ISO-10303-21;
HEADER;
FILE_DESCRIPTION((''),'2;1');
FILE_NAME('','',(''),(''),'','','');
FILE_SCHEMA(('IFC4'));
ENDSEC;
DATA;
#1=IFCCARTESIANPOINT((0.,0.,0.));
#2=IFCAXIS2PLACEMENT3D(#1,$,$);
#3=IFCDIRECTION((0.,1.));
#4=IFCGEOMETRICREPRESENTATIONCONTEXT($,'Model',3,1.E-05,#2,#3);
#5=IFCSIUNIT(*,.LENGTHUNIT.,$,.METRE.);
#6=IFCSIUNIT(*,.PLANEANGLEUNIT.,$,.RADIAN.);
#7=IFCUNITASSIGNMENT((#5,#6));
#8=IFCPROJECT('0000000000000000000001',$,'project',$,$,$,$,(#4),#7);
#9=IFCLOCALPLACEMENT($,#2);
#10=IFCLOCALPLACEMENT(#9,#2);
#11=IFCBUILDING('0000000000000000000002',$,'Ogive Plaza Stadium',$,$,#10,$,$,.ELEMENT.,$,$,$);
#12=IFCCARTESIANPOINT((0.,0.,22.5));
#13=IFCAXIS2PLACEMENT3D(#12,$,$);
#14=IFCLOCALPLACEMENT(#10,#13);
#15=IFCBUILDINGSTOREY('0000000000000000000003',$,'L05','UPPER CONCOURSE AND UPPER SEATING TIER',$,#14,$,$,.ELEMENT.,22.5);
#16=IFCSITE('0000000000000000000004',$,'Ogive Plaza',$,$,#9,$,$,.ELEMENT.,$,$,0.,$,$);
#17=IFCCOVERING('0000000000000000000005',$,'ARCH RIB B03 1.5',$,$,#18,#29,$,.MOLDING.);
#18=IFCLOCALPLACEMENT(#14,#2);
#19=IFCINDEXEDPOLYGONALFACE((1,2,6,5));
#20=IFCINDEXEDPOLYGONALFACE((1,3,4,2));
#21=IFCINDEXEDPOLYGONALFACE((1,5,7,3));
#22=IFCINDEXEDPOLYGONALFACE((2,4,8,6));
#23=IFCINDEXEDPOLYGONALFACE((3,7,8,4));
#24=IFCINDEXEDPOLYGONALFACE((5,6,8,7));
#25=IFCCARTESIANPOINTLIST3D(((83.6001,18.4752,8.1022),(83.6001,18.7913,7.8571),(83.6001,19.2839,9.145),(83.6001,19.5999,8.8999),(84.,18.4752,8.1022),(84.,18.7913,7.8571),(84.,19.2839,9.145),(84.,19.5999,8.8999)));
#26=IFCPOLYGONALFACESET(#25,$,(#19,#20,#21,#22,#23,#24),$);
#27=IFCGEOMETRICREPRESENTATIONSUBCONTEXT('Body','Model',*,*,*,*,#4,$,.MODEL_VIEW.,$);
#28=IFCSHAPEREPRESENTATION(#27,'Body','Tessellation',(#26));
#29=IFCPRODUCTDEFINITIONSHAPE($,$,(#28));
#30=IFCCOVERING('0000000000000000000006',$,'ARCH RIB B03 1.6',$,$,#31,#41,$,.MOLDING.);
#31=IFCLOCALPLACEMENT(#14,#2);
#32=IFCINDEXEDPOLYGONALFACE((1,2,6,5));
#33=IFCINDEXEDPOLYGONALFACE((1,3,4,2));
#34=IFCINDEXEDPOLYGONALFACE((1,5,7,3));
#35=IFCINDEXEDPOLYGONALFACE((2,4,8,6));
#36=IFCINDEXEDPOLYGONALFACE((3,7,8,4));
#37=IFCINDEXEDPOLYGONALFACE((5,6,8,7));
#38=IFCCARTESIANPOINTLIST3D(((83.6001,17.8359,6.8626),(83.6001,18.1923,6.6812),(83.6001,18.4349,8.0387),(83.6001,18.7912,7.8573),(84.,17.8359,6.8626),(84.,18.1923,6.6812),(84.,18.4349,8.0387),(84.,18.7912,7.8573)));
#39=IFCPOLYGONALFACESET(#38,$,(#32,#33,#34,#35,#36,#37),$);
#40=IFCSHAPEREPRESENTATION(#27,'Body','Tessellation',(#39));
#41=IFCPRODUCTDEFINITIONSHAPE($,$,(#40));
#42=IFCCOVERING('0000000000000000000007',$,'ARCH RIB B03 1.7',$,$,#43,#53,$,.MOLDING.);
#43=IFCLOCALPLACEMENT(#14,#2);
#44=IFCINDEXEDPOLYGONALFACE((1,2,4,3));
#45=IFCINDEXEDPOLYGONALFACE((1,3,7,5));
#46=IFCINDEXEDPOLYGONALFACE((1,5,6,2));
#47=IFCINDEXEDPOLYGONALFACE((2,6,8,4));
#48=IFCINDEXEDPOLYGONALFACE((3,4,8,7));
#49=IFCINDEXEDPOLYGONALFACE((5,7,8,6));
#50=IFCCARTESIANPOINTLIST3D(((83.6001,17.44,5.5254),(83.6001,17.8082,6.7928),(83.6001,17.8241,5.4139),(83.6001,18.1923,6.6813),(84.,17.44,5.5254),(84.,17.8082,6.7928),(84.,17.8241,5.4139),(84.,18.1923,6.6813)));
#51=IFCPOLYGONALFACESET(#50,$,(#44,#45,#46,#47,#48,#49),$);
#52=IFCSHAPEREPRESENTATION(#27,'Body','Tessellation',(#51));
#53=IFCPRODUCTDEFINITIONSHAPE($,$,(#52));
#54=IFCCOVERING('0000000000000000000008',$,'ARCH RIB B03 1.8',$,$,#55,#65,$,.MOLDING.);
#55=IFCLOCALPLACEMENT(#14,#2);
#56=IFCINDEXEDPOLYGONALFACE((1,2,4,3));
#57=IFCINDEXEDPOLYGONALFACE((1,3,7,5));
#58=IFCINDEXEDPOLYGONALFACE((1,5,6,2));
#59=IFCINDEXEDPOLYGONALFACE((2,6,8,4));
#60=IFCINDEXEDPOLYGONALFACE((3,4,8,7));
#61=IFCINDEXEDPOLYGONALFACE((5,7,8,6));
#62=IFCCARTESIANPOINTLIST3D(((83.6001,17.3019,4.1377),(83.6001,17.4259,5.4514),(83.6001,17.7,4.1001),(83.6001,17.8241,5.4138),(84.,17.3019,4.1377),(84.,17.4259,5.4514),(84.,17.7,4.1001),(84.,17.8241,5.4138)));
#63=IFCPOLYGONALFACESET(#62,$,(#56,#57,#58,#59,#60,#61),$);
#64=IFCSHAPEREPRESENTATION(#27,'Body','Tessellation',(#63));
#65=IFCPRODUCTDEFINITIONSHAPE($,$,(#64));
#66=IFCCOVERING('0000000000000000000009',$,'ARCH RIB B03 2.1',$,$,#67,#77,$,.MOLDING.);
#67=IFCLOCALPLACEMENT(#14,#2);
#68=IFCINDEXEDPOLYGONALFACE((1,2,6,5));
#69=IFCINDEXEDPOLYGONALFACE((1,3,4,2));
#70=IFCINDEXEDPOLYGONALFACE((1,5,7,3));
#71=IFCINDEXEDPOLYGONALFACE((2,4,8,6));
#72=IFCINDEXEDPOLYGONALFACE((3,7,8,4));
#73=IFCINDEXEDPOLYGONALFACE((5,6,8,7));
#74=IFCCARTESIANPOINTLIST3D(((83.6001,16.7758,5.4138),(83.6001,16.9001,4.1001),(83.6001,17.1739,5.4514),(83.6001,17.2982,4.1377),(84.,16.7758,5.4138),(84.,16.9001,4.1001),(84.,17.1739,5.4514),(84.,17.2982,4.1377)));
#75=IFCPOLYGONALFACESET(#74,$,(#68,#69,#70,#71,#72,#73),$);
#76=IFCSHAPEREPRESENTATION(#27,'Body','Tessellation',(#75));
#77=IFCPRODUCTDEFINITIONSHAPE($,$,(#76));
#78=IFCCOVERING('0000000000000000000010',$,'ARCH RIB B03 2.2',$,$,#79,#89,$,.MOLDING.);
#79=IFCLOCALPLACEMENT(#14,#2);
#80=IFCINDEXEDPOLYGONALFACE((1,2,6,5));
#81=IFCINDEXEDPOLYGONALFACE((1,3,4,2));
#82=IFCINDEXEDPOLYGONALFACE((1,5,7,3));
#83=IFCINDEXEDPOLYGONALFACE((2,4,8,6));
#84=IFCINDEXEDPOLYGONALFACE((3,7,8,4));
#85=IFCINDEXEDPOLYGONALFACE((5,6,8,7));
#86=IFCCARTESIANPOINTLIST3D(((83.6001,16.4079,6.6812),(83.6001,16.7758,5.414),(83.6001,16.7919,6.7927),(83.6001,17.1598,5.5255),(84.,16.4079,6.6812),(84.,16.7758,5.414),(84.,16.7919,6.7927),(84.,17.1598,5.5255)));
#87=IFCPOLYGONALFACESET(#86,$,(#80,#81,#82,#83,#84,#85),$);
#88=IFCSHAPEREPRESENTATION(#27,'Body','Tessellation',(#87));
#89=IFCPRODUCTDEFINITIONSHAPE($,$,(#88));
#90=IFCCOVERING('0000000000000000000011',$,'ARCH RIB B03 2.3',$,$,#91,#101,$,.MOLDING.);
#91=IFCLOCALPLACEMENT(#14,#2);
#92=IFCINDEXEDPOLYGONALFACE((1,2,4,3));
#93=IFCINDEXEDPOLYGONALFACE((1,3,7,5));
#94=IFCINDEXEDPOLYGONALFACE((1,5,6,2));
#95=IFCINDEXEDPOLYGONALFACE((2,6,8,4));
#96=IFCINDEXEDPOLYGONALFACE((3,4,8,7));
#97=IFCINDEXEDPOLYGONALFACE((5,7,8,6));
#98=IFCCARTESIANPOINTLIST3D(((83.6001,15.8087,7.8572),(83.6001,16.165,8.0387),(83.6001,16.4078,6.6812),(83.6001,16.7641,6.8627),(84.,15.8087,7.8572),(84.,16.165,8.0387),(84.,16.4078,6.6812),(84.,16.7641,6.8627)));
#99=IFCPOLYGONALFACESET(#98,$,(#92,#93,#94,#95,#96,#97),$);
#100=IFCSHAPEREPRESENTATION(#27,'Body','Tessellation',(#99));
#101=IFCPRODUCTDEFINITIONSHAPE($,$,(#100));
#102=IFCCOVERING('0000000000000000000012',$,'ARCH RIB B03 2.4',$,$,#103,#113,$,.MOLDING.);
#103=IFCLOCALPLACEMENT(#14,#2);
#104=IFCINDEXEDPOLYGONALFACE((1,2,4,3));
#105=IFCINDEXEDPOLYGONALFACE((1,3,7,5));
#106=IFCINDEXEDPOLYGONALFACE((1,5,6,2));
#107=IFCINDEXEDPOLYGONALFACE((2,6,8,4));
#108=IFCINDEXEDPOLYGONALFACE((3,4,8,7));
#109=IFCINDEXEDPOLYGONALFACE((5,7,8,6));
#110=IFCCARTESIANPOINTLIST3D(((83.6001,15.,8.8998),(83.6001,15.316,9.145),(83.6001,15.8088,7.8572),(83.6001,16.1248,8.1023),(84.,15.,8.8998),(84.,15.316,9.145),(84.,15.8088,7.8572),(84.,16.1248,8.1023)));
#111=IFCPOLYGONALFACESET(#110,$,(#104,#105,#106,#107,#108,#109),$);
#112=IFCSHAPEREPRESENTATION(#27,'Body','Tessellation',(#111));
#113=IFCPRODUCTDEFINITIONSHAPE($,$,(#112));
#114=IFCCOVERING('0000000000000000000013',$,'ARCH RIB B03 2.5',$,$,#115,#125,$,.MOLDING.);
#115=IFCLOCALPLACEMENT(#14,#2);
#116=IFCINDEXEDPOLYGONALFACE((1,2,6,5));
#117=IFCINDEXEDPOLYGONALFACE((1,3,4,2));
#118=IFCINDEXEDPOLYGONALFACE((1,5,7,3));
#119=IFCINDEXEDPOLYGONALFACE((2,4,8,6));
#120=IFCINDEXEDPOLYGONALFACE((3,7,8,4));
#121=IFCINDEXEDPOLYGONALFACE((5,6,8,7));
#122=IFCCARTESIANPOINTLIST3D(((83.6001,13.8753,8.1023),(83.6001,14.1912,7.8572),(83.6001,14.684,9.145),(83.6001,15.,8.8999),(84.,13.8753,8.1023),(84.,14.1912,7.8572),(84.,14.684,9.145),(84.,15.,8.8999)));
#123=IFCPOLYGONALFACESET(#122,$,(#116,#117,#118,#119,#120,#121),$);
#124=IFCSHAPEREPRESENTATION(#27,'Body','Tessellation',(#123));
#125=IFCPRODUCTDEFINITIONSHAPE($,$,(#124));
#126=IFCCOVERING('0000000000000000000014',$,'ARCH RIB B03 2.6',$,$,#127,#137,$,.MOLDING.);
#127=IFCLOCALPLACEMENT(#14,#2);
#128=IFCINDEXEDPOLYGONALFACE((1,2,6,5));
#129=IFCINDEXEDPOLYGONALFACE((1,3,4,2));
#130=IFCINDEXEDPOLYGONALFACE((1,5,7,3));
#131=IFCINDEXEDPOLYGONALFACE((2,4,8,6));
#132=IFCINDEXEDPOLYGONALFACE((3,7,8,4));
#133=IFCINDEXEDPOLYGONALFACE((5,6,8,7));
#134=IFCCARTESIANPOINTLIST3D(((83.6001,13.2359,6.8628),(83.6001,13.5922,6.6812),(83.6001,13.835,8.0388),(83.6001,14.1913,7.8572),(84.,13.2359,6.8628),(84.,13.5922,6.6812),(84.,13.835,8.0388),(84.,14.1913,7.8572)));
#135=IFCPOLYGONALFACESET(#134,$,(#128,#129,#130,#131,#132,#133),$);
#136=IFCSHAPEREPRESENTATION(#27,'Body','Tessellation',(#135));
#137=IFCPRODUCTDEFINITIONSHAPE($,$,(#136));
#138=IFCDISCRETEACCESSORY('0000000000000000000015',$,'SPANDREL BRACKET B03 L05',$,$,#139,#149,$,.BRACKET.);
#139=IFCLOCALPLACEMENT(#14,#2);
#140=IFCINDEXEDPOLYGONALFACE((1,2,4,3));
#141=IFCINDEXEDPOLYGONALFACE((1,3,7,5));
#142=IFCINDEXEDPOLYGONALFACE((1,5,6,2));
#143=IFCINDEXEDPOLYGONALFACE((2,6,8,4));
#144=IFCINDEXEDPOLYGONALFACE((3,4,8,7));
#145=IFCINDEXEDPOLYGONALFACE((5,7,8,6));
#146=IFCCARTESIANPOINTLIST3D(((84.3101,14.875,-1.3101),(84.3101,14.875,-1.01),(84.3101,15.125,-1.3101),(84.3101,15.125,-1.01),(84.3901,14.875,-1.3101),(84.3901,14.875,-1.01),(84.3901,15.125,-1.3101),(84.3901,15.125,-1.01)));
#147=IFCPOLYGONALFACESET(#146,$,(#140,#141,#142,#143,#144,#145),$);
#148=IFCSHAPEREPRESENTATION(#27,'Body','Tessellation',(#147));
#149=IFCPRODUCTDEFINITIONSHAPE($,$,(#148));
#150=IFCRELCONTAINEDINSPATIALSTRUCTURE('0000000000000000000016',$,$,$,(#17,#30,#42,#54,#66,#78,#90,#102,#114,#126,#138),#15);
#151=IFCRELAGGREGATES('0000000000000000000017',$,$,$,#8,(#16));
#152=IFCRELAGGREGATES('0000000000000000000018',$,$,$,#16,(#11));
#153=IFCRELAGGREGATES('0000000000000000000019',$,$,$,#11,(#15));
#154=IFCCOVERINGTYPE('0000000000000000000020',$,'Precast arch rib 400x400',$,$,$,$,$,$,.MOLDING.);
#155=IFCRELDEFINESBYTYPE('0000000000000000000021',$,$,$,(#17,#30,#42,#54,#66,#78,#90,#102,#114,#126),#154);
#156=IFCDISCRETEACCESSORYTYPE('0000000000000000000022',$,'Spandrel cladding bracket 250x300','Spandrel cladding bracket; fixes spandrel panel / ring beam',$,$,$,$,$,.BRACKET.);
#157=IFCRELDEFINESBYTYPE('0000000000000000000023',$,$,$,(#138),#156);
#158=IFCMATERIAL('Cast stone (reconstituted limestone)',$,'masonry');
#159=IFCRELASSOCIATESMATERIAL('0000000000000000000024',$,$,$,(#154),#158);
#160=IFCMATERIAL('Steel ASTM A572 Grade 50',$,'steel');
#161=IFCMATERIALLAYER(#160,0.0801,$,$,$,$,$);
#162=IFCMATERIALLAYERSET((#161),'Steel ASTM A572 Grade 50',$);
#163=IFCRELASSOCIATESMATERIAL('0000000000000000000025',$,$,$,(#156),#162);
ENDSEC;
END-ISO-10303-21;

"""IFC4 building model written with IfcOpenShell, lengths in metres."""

from ifc_helpers import new_model, si_unit, direction, frame, origin, origin_2d, place, context, subcontext, project, spatial, rectangle, extrude, material, layer, layer_set, material_profile, profile_set, type_object, element, save


model = new_model("IFC4")

# Units and contexts
model_context = context("Model", 3, precision=1e-05, world=origin(), true_north=direction((0.0, 1.0)))
body_context = subcontext(model_context, "Body", "Model", "MODEL_VIEW")
ifc_project = project(units=[si_unit("LENGTHUNIT", "METRE"), si_unit("PLANEANGLEUNIT", "RADIAN")], contexts=[model_context])

# Site, building, storey
site_placement = place(None, origin())
site = spatial("IfcSite", under=ifc_project, at=site_placement, Name="Ogive Plaza", CompositionType="ELEMENT", RefElevation=0.0)
building_placement = place(site_placement, origin())
building = spatial("IfcBuilding", under=site, at=building_placement, Name="Ogive Plaza Stadium", CompositionType="ELEMENT")
storey_placement = place(building_placement, frame((0.0, 0.0, 22.5)))
storey = spatial("IfcBuildingStorey", under=building, at=storey_placement, Name="L05", Description="UPPER CONCOURSE AND UPPER SEATING TIER", CompositionType="ELEMENT", Elevation=22.5)

# Coverings
ifc_material_1 = material(Name="Cast stone (reconstituted limestone)", Category="masonry")
ifc_material_profile_1 = material_profile(ifc_material_1, rectangle(XDim=0.3999, YDim=0.3999, at=origin_2d()), Name="Cast stone 400x400")
ifc_profile_set_1 = profile_set([ifc_material_profile_1], Name="Cast stone (reconstituted limestone)")
covering_type = type_object("IfcCoveringType", Name="Precast arch rib 400x400", PredefinedType="MOLDING", material=ifc_profile_set_1)
covering_1_placement = place(storey_placement, frame((83.8, 19.4419, 9.0225), z_axis=(0.0, -0.6128, -0.790238), x_axis=(1.0, 0.0, 0.0)))
element("IfcCovering", 1, at=covering_1_placement, inside=storey, type_object=covering_type, Name="ARCH RIB B03 1.5", PredefinedType="MOLDING", context=body_context, shape_type="SweptSolid", body=[
    extrude(rectangle(XDim=0.3999, YDim=0.3999, at=origin_2d()), origin(), (0.0, 0.0, 1.0), 1.3196),
])
for number, where, z_axis, x_axis, name in (
    (2, (83.8, 18.613, 7.948), (0.0, -0.453787, -0.89111), (1.0, 0.0, 0.0), "ARCH RIB B03 1.6"),
    (3, (83.8, 18.0002, 6.7371), (0.0, -0.27897, -0.9603), (1.0, 0.0, 0.0), "ARCH RIB B03 1.7"),
):
    element("IfcCovering", number, at=place(storey_placement, frame(where, z_axis=z_axis, x_axis=x_axis)), inside=storey, type_object=covering_type, Name=name, PredefinedType="MOLDING", context=body_context, shape_type="SweptSolid", body=[
        extrude(rectangle(XDim=0.3999, YDim=0.3999, at=origin_2d()), origin(), (0.0, 0.0, 1.0), 1.3198),
    ])
for number, where, z_axis, x_axis, name in (
    (4, (83.8, 17.625, 5.4326), (0.0, -0.093988, -0.995573), (1.0, 0.0, 0.0), "ARCH RIB B03 1.8"),
    (5, (83.8, 17.0991, 4.1189), (0.0, -0.094172, 0.995556), (1.0, 0.0, 0.0), "ARCH RIB B03 2.1"),
    (6, (83.8, 16.9678, 5.4697), (0.0, -0.278799, 0.960349), (1.0, 0.0, 0.0), "ARCH RIB B03 2.2"),
):
    element("IfcCovering", number, at=place(storey_placement, frame(where, z_axis=z_axis, x_axis=x_axis)), inside=storey, type_object=covering_type, Name=name, PredefinedType="MOLDING", context=body_context, shape_type="SweptSolid", body=[
        extrude(rectangle(XDim=0.3999, YDim=0.3999, at=origin_2d()), origin(), (0.0, 0.0, 1.0), 1.3196),
    ])
covering_2_placement = place(storey_placement, frame((83.8, 16.5859, 6.772), z_axis=(0.0, -0.453934, 0.891035), x_axis=(1.0, 0.0, 0.0)))
element("IfcCovering", 7, at=covering_2_placement, inside=storey, type_object=covering_type, Name="ARCH RIB B03 2.3", PredefinedType="MOLDING", context=body_context, shape_type="SweptSolid", body=[
    extrude(rectangle(XDim=0.3999, YDim=0.3999, at=origin_2d()), origin(), (0.0, 0.0, 1.0), 1.3198),
])
for number, where, z_axis, x_axis, name in (
    (8, (83.8, 15.9668, 7.9797), (0.0, -0.612915, 0.790148), (1.0, 0.0, 0.0), "ARCH RIB B03 2.4"),
    (9, (83.8, 14.842, 9.0225), (0.0, -0.612915, -0.790148), (1.0, 0.0, 0.0), "ARCH RIB B03 2.5"),
):
    element("IfcCovering", number, at=place(storey_placement, frame(where, z_axis=z_axis, x_axis=x_axis)), inside=storey, type_object=covering_type, Name=name, PredefinedType="MOLDING", context=body_context, shape_type="SweptSolid", body=[
        extrude(rectangle(XDim=0.3999, YDim=0.3999, at=origin_2d()), origin(), (0.0, 0.0, 1.0), 1.3196),
    ])
covering_3_placement = place(storey_placement, frame((83.8, 14.0132, 7.948), z_axis=(0.0, -0.453934, -0.891035), x_axis=(1.0, 0.0, 0.0)))
element("IfcCovering", 10, at=covering_3_placement, inside=storey, type_object=covering_type, Name="ARCH RIB B03 2.6", PredefinedType="MOLDING", context=body_context, shape_type="SweptSolid", body=[
    extrude(rectangle(XDim=0.3999, YDim=0.3999, at=origin_2d()), origin(), (0.0, 0.0, 1.0), 1.3198),
])

# Discrete accessory
ifc_material_2 = material(Name="Steel ASTM A572 Grade 50", Category="steel")
ifc_layer_1 = layer(ifc_material_2, 0.0801)
ifc_layer_set_1 = layer_set([ifc_layer_1], Name="Steel ASTM A572 Grade 50")
discrete_accessory_type = type_object("IfcDiscreteAccessoryType", Name="Spandrel cladding bracket 250x300", Description="Spandrel cladding bracket; fixes spandrel panel / ring beam", PredefinedType="BRACKET", material=ifc_layer_set_1)
discrete_accessory_placement = place(storey_placement, frame((84.3501, 15.0, -1.3101), z_axis=(0.0, 0.0, 1.0), x_axis=(0.0, -1.0, 0.0)))
element("IfcDiscreteAccessory", 11, at=discrete_accessory_placement, inside=storey, type_object=discrete_accessory_type, Name="SPANDREL BRACKET B03 L05", PredefinedType="BRACKET", context=body_context, shape_type="SweptSolid", body=[
    extrude(rectangle(XDim=0.25, YDim=0.0801, at=origin_2d()), origin(), (0.0, 0.0, 1.0), 0.3),
])

save(model, "model.ifc")
